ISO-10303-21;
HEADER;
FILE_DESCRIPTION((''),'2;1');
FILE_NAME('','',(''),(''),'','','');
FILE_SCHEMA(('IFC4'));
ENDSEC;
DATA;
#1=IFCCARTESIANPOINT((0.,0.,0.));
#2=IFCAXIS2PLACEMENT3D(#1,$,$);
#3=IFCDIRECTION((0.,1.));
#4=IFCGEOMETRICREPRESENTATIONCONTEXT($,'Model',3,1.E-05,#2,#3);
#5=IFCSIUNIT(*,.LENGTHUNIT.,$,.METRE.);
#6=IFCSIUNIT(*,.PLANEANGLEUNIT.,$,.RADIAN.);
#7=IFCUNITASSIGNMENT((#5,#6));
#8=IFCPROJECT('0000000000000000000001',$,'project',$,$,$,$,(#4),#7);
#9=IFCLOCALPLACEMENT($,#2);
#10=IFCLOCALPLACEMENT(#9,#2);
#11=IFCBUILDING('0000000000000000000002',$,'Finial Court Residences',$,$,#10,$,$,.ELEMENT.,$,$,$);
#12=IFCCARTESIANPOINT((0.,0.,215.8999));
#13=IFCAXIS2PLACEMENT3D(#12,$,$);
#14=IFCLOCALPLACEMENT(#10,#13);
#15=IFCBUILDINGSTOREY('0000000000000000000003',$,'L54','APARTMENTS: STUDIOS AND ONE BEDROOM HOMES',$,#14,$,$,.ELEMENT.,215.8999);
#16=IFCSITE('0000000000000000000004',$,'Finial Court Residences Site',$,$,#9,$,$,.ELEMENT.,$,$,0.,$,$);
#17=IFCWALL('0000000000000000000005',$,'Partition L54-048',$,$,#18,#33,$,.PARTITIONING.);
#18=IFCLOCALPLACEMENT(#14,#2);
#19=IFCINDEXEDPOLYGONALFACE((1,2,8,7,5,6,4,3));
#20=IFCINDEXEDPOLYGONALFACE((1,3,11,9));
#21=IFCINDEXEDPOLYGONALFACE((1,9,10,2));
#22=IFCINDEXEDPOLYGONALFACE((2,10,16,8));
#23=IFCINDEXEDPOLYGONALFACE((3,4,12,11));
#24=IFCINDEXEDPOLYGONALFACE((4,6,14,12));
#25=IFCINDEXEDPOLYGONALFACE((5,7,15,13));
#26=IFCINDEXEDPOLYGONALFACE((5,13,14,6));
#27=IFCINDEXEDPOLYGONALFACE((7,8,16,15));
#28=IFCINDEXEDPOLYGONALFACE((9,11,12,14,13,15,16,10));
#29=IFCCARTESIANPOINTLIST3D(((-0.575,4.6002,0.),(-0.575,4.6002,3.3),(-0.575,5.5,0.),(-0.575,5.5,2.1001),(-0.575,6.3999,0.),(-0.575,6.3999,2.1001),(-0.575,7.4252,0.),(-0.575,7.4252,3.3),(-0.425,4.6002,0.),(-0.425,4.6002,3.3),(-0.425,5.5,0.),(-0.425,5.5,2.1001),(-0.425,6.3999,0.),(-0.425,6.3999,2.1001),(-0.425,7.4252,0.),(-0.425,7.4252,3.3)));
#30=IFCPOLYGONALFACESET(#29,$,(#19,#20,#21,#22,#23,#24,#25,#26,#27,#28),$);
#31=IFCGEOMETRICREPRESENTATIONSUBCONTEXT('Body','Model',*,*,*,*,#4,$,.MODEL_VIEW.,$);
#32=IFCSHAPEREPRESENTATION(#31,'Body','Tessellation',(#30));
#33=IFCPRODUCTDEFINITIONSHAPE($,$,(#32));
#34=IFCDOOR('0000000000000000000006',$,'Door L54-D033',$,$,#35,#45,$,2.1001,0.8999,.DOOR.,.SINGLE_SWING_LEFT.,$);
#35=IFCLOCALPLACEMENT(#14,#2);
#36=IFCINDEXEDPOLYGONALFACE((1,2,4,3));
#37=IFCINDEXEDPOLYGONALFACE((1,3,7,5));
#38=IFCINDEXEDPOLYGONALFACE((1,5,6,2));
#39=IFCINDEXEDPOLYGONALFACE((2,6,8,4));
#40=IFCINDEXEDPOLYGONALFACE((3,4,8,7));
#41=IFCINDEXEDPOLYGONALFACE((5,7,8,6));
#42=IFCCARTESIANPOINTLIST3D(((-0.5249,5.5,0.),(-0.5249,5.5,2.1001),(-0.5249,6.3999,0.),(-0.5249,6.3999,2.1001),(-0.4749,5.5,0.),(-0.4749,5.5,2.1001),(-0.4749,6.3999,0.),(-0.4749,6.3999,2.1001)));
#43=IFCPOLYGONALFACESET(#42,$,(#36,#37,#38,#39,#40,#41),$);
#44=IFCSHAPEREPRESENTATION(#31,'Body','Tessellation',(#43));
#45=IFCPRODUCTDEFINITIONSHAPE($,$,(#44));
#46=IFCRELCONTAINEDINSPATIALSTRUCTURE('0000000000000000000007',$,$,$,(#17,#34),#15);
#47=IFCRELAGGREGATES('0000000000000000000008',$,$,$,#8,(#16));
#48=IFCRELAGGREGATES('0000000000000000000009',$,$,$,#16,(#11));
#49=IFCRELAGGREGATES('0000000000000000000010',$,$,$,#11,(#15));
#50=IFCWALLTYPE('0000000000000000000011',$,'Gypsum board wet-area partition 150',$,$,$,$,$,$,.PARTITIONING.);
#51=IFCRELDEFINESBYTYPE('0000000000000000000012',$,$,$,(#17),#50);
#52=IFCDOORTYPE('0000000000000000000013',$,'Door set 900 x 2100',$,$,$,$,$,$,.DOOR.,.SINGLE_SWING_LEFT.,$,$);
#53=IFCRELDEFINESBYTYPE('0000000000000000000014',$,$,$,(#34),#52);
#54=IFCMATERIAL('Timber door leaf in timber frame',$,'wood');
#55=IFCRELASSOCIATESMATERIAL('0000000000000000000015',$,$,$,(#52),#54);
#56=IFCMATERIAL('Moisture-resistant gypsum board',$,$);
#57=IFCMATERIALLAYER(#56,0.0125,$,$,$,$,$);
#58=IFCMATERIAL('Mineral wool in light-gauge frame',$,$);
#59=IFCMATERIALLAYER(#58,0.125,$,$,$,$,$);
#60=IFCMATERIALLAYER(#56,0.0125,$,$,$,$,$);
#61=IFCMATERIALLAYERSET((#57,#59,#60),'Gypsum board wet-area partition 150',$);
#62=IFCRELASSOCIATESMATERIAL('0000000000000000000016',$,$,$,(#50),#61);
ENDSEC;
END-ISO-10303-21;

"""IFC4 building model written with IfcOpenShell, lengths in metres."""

from ifc_helpers import new_model, si_unit, direction, frame, frame_2d, origin, place, context, subcontext, project, spatial, rectangle, extrude, material, layer, layer_set, type_object, element, fill, save


model = new_model("IFC4")

# Units and contexts
model_context = context("Model", 3, precision=1e-05, world=origin(), true_north=direction((0.0, 1.0)))
body_context = subcontext(model_context, "Body", "Model", "MODEL_VIEW")
ifc_project = project(units=[si_unit("LENGTHUNIT", "METRE"), si_unit("PLANEANGLEUNIT", "RADIAN")], contexts=[model_context])

# Site, building, storey
site_placement = place(None, origin())
site = spatial("IfcSite", under=ifc_project, at=site_placement, Name="Finial Court Residences Site", CompositionType="ELEMENT", RefElevation=0.0)
building_placement = place(site_placement, origin())
building = spatial("IfcBuilding", under=site, at=building_placement, Name="Finial Court Residences", CompositionType="ELEMENT")
storey_placement = place(building_placement, frame((0.0, 0.0, 215.8999)))
storey = spatial("IfcBuildingStorey", under=building, at=storey_placement, Name="L54", Description="APARTMENTS: STUDIOS AND ONE BEDROOM HOMES", CompositionType="ELEMENT", Elevation=215.8999)

# Shared definitions
ifc_material_1 = material(Name="Mineral wool in light-gauge frame")

# Shared definitions
ifc_material_2 = material(Name="Timber door leaf in timber frame", Category="wood")
door_type = type_object("IfcDoorType", Name="Door set 900 x 2100", OperationType="SINGLE_SWING_LEFT", PredefinedType="DOOR", material=ifc_material_2)

# Shared definitions
ifc_material_3 = material(Name="Moisture-resistant gypsum board")
ifc_layer_1 = layer(ifc_material_3, 0.0125)
ifc_layer_2 = layer(ifc_material_1, 0.125)
ifc_layer_3 = layer(ifc_material_3, 0.0125)
ifc_layer_set_1 = layer_set([ifc_layer_1, ifc_layer_2, ifc_layer_3], Name="Gypsum board wet-area partition 150")
wall_type_1 = type_object("IfcWallType", Name="Gypsum board wet-area partition 150", PredefinedType="PARTITIONING", material=ifc_layer_set_1)

# Wall, opening, door
wall_1_placement = place(storey_placement, frame((-0.5, 4.6001, 0.0), z_axis=(0.0, 0.0, 1.0), x_axis=(0.0, 1.0, 0.0)))
wall_1 = element("IfcWall", 1, at=wall_1_placement, inside=storey, type_object=wall_type_1, Name="Partition L54-048", PredefinedType="PARTITIONING", context=body_context, shape_type="SweptSolid", body=[
    extrude(rectangle(XDim=2.825, YDim=0.1499, at=frame_2d((1.4126, 0.0))), origin(), (0.0, 0.0, 1.0), 3.3),
])
opening_1_placement = place(wall_1_placement, frame((0.8999, 0.0, 0.0)))
opening_1 = element("IfcOpeningElement", 2, at=opening_1_placement, cuts=wall_1, PredefinedType="OPENING", context=body_context, shape_type="SweptSolid", body=[
    extrude(rectangle(XDim=0.8999, YDim=2.1001, at=frame_2d((0.45, 1.05))), frame((0.0, 0.085, 0.0), z_axis=(0.0, -1.0, 0.0), x_axis=(1.0, 0.0, 0.0)), (0.0, 0.0, 1.0), 0.1699),
])
door_1_placement = place(opening_1_placement, origin())
door_1 = element("IfcDoor", 3, at=door_1_placement, inside=storey, type_object=door_type, Name="Door L54-D033", OperationType="SINGLE_SWING_LEFT", OverallHeight=2.1001, OverallWidth=0.8999, PredefinedType="DOOR", context=body_context, shape_type="SweptSolid", body=[
    extrude(rectangle(XDim=0.8999, YDim=2.1001, at=frame_2d((0.45, 1.05))), frame((0.0, 0.0249, 0.0), z_axis=(0.0, -1.0, 0.0), x_axis=(1.0, 0.0, 0.0)), (0.0, 0.0, 1.0), 0.05),
])
fill(opening_1, door_1)

save(model, "model.ifc")
